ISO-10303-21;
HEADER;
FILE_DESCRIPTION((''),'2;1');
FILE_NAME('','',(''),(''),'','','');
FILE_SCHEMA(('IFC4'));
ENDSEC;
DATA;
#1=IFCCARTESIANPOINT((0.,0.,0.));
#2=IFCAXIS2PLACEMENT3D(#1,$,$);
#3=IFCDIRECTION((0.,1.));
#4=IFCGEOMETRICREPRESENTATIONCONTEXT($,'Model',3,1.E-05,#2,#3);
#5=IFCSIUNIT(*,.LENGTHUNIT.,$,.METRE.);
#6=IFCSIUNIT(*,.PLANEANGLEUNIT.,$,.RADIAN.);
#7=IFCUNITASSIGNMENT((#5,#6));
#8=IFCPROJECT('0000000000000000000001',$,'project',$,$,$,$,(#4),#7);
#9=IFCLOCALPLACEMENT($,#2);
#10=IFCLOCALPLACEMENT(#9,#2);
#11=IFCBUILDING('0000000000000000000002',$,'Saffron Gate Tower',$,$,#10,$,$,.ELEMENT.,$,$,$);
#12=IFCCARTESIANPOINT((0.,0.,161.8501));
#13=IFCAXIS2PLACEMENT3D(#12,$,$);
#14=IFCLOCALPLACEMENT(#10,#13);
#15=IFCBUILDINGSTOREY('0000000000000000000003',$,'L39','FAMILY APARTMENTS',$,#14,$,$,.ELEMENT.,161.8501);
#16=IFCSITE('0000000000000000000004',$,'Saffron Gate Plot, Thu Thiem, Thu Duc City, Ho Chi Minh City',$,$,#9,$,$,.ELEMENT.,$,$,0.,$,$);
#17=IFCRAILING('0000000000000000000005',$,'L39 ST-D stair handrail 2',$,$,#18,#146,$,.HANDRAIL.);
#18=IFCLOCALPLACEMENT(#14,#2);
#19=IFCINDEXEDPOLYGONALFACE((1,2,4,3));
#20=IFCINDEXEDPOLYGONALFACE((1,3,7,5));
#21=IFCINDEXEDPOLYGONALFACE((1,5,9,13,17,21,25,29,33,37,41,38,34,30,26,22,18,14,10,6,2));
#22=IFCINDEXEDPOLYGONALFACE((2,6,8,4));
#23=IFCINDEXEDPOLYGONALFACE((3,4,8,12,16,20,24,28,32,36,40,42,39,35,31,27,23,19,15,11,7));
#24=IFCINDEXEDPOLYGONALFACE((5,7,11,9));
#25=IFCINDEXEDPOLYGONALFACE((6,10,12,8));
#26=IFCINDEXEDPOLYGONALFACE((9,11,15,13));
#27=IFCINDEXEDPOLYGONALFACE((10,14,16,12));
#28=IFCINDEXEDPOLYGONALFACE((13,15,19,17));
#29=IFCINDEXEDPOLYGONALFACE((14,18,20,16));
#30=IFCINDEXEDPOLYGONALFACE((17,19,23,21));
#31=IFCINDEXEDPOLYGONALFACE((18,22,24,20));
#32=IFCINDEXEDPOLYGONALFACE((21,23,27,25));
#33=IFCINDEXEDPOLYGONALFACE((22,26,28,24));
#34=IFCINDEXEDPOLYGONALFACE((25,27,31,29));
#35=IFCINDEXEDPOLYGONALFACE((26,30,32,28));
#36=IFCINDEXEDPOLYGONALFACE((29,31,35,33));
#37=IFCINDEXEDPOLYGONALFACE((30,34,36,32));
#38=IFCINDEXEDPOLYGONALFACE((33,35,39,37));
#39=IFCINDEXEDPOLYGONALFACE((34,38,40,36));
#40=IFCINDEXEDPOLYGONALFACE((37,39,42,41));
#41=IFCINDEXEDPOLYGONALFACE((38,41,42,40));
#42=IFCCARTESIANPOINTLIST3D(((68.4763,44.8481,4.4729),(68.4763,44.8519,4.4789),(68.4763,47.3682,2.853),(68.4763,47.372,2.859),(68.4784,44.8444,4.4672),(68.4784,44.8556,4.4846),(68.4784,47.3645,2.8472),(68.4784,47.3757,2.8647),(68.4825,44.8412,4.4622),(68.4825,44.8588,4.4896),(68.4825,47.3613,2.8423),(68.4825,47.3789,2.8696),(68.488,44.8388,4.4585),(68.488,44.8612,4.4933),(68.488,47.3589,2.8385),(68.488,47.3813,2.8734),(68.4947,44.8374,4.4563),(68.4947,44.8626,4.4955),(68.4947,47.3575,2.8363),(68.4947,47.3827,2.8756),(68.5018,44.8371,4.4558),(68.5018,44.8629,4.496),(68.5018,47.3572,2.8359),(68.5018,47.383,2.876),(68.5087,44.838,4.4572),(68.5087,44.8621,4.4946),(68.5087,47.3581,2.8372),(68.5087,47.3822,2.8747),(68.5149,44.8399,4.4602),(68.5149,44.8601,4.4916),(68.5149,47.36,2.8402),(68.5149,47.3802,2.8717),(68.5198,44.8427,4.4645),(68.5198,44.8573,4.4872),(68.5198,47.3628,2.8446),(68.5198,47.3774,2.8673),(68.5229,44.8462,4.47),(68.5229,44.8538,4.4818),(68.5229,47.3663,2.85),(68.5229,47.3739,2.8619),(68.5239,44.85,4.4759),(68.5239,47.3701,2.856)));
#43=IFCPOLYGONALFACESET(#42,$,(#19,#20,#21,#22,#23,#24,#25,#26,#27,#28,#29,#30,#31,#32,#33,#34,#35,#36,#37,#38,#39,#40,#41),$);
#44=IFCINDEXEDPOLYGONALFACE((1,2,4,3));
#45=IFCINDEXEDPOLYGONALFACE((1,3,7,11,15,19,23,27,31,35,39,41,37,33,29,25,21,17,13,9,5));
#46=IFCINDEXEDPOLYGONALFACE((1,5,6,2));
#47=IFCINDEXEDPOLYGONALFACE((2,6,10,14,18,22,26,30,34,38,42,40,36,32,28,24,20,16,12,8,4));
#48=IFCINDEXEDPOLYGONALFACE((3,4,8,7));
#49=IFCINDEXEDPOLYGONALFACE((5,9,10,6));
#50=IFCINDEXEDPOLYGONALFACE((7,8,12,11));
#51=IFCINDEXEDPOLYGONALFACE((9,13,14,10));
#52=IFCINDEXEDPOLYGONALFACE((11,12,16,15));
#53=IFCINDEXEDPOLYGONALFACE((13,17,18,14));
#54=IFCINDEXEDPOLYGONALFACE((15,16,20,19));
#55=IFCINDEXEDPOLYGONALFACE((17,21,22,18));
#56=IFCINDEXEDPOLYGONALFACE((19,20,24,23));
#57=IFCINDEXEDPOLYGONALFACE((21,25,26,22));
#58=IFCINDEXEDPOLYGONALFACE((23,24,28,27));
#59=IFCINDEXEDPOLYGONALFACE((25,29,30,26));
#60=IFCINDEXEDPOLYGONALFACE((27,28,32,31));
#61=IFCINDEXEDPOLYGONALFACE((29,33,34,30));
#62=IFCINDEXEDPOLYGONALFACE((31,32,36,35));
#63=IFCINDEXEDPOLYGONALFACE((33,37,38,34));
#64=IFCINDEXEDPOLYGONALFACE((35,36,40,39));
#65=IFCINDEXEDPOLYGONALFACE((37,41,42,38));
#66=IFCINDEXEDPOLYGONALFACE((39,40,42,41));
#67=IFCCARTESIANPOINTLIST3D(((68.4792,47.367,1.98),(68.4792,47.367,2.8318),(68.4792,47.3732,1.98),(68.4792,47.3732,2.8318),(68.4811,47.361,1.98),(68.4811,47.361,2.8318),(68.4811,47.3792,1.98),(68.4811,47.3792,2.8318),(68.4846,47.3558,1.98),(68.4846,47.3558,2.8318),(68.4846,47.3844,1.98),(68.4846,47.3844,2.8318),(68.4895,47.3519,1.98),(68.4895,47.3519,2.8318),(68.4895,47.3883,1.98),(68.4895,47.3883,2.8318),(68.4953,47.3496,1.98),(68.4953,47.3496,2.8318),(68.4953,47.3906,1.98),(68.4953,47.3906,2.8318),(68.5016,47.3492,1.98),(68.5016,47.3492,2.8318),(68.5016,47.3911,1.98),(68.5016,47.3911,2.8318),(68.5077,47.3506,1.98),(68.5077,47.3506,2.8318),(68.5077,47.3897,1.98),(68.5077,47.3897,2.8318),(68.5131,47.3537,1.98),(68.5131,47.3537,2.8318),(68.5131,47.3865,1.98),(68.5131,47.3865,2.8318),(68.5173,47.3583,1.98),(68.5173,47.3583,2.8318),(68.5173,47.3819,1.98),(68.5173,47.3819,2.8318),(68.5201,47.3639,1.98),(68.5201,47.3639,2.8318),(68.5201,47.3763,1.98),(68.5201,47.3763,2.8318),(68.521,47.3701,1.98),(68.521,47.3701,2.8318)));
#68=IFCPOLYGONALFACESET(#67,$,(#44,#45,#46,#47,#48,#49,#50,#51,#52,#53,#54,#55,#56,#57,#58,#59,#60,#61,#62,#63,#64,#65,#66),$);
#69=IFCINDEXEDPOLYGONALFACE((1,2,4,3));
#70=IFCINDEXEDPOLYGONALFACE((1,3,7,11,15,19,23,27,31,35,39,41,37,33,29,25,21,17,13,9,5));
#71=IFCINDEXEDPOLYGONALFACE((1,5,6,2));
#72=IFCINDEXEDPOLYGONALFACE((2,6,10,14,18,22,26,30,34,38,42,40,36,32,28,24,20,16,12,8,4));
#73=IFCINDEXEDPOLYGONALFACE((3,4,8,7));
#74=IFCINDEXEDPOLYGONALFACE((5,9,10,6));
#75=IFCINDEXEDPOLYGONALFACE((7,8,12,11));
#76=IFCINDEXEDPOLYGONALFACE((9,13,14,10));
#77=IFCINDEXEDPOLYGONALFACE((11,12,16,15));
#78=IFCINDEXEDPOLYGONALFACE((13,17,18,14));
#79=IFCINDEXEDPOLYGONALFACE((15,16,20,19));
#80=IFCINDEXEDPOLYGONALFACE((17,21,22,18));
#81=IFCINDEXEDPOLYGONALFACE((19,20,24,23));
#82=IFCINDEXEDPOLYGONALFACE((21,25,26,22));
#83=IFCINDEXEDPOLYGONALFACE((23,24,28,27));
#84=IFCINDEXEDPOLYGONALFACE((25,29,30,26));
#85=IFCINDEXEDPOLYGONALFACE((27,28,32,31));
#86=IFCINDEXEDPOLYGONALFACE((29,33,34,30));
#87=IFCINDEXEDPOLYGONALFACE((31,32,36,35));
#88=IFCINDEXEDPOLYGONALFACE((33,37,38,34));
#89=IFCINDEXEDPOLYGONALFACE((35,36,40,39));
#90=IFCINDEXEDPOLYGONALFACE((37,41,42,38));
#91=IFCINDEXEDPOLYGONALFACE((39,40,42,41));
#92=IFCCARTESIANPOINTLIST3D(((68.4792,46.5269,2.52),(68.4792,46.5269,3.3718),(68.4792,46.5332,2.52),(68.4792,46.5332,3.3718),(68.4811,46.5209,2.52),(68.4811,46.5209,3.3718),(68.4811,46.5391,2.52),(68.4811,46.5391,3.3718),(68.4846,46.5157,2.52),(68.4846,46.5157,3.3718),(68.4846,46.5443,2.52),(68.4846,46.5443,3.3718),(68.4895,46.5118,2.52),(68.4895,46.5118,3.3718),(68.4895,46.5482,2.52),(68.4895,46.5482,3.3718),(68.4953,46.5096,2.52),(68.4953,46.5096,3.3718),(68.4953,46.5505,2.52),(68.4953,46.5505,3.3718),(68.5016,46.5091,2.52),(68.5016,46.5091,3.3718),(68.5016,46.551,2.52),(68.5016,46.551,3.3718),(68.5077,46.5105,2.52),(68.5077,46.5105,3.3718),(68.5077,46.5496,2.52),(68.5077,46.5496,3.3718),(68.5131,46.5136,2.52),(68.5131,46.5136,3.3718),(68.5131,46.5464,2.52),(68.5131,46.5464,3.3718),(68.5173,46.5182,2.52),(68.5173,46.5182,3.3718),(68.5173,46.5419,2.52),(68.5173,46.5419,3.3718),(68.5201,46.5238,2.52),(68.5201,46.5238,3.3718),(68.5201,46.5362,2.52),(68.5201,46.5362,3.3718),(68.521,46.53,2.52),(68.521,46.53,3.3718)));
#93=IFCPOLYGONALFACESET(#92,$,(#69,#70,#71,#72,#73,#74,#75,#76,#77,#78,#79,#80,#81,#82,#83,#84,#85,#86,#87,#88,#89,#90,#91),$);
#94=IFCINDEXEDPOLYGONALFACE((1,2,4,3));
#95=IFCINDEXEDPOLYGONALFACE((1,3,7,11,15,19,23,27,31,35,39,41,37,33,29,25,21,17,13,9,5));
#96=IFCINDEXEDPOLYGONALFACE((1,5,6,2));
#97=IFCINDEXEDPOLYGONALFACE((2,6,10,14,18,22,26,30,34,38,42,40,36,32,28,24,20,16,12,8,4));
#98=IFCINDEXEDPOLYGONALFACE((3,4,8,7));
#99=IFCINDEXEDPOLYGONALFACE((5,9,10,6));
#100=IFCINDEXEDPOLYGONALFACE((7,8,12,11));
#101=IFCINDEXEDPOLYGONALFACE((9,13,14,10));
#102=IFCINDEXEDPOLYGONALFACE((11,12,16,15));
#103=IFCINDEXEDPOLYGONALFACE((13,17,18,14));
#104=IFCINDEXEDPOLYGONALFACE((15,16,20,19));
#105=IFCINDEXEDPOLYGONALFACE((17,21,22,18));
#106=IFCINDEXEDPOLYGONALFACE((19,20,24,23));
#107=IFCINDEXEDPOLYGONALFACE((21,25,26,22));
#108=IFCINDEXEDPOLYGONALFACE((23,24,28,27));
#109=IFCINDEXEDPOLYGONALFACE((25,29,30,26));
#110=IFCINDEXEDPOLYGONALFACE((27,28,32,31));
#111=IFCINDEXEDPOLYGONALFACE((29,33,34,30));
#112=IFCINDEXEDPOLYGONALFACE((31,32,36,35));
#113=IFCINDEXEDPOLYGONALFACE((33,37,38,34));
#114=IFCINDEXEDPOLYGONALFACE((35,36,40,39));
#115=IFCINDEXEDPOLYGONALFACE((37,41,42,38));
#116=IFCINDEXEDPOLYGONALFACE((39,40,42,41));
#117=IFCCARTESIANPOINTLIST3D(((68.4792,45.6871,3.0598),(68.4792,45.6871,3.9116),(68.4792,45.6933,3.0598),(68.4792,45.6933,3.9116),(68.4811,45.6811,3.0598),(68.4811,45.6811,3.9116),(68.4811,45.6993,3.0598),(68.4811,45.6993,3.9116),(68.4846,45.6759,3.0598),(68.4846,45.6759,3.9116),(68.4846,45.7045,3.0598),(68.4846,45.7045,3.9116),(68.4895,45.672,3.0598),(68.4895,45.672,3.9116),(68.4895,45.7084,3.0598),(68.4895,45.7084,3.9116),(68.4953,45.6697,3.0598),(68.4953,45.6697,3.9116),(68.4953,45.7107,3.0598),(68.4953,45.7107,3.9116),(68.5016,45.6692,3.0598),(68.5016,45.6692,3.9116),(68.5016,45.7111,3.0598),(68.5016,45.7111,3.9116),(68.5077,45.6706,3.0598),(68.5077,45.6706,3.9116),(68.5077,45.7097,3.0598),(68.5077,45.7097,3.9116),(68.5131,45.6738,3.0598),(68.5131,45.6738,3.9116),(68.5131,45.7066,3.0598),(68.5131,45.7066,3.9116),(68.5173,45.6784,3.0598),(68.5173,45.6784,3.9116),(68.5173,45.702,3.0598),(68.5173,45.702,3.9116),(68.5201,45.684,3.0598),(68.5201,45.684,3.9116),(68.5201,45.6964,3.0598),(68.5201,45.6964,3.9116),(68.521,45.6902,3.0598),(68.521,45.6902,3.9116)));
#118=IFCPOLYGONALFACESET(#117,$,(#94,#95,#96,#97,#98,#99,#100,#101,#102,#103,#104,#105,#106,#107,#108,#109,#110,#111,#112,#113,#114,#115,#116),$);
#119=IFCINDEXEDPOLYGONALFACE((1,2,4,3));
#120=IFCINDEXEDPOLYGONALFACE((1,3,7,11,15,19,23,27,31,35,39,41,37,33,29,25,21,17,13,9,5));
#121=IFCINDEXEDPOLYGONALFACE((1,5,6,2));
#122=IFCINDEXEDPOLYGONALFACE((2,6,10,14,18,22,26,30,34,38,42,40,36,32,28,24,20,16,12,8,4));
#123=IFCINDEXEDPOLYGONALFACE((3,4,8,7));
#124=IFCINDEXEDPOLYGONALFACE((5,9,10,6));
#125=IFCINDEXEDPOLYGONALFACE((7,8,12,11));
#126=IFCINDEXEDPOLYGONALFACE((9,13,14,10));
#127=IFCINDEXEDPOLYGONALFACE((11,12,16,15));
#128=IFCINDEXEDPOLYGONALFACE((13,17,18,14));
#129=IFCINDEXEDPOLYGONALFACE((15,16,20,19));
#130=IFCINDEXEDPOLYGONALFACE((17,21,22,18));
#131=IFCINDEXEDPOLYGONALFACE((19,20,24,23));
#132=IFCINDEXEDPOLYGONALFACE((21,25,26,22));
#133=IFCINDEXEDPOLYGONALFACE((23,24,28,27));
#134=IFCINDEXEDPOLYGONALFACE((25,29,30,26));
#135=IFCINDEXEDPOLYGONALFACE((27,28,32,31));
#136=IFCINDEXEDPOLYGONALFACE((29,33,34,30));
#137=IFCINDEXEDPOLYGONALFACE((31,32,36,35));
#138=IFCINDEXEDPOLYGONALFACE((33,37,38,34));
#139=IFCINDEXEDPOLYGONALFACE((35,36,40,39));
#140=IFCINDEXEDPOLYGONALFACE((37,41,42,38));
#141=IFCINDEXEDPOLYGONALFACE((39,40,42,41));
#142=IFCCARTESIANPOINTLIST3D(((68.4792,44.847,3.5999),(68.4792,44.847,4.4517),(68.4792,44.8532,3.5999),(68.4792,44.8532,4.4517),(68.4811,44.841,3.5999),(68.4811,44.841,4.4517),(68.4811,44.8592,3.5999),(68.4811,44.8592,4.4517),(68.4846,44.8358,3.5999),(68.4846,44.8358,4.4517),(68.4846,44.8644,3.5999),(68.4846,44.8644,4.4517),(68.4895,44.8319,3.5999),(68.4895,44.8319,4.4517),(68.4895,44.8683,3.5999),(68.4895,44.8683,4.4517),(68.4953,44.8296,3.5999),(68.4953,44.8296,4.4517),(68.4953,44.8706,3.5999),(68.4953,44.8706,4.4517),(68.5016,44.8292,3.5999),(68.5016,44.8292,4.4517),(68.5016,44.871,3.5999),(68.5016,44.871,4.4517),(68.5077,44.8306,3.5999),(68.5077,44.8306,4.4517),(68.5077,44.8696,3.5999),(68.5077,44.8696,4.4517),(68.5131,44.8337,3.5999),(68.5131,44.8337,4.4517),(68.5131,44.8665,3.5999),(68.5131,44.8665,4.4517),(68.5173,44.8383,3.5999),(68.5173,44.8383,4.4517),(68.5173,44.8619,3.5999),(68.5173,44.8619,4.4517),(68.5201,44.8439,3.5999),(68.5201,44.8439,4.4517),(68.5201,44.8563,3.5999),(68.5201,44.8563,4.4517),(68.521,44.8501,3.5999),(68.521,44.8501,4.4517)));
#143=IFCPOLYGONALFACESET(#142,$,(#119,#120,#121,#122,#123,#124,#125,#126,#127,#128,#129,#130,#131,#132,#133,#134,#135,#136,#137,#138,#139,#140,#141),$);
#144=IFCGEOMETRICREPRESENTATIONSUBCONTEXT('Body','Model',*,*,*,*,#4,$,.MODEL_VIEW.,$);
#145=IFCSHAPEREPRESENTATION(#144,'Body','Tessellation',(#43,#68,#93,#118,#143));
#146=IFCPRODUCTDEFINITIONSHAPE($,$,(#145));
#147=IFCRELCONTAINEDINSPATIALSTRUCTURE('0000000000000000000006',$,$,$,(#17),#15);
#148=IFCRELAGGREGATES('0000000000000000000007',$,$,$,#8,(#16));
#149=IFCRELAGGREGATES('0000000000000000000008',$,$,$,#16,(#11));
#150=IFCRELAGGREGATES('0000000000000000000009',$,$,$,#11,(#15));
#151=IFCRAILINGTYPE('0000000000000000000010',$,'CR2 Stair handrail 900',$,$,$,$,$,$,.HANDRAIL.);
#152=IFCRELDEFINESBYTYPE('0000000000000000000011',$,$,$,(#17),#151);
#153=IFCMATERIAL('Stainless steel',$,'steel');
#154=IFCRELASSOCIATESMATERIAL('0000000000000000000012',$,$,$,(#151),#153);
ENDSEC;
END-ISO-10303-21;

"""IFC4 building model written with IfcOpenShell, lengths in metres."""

from ifc_helpers import new_model, si_unit, direction, frame, origin, origin_2d, place, context, subcontext, project, spatial, circle, extrude, material, type_object, element, save


model = new_model("IFC4")

# Units and contexts
model_context = context("Model", 3, precision=1e-05, world=origin(), true_north=direction((0.0, 1.0)))
body_context = subcontext(model_context, "Body", "Model", "MODEL_VIEW")
ifc_project = project(units=[si_unit("LENGTHUNIT", "METRE"), si_unit("PLANEANGLEUNIT", "RADIAN")], contexts=[model_context])

# Site, building, storey
site_placement = place(None, origin())
site = spatial("IfcSite", under=ifc_project, at=site_placement, Name="Saffron Gate Plot, Thu Thiem, Thu Duc City, Ho Chi Minh City", CompositionType="ELEMENT", RefElevation=0.0)
building_placement = place(site_placement, origin())
building = spatial("IfcBuilding", under=site, at=building_placement, Name="Saffron Gate Tower", CompositionType="ELEMENT")
storey_placement = place(building_placement, frame((0.0, 0.0, 161.8501)))
storey = spatial("IfcBuildingStorey", under=building, at=storey_placement, Name="L39", Description="FAMILY APARTMENTS", CompositionType="ELEMENT", Elevation=161.8501)

# Railing
ifc_material_1 = material(Name="Stainless steel", Category="steel")
railing_type = type_object("IfcRailingType", Name="CR2 Stair handrail 900", PredefinedType="HANDRAIL", material=ifc_material_1)
railing_placement = place(storey_placement, frame((68.5, 47.3701, 1.98)))
element("IfcRailing", 1, at=railing_placement, inside=storey, type_object=railing_type, Name="L39 ST-D stair handrail 2", PredefinedType="HANDRAIL", context=body_context, shape_type="SweptSolid", body=[
    extrude(circle(Radius=0.0239, at=origin_2d()), frame((0.0, 0.0, 0.876), z_axis=(0.0, -0.8412, 0.540725), x_axis=(1.0, 0.0, 0.0)), (0.0, 0.0, 1.0), 2.9958),
    extrude(circle(Radius=0.021, at=origin_2d()), origin(), (0.0, 0.0, 1.0), 0.8518),
    extrude(circle(Radius=0.021, at=origin_2d()), frame((0.0, -0.8401, 0.54)), (0.0, 0.0, 1.0), 0.8518),
    extrude(circle(Radius=0.021, at=origin_2d()), frame((0.0, -1.6799, 1.0798)), (0.0, 0.0, 1.0), 0.8518),
    extrude(circle(Radius=0.021, at=origin_2d()), frame((0.0, -2.52, 1.6199)), (0.0, 0.0, 1.0), 0.8518),
])

save(model, "model.ifc")
